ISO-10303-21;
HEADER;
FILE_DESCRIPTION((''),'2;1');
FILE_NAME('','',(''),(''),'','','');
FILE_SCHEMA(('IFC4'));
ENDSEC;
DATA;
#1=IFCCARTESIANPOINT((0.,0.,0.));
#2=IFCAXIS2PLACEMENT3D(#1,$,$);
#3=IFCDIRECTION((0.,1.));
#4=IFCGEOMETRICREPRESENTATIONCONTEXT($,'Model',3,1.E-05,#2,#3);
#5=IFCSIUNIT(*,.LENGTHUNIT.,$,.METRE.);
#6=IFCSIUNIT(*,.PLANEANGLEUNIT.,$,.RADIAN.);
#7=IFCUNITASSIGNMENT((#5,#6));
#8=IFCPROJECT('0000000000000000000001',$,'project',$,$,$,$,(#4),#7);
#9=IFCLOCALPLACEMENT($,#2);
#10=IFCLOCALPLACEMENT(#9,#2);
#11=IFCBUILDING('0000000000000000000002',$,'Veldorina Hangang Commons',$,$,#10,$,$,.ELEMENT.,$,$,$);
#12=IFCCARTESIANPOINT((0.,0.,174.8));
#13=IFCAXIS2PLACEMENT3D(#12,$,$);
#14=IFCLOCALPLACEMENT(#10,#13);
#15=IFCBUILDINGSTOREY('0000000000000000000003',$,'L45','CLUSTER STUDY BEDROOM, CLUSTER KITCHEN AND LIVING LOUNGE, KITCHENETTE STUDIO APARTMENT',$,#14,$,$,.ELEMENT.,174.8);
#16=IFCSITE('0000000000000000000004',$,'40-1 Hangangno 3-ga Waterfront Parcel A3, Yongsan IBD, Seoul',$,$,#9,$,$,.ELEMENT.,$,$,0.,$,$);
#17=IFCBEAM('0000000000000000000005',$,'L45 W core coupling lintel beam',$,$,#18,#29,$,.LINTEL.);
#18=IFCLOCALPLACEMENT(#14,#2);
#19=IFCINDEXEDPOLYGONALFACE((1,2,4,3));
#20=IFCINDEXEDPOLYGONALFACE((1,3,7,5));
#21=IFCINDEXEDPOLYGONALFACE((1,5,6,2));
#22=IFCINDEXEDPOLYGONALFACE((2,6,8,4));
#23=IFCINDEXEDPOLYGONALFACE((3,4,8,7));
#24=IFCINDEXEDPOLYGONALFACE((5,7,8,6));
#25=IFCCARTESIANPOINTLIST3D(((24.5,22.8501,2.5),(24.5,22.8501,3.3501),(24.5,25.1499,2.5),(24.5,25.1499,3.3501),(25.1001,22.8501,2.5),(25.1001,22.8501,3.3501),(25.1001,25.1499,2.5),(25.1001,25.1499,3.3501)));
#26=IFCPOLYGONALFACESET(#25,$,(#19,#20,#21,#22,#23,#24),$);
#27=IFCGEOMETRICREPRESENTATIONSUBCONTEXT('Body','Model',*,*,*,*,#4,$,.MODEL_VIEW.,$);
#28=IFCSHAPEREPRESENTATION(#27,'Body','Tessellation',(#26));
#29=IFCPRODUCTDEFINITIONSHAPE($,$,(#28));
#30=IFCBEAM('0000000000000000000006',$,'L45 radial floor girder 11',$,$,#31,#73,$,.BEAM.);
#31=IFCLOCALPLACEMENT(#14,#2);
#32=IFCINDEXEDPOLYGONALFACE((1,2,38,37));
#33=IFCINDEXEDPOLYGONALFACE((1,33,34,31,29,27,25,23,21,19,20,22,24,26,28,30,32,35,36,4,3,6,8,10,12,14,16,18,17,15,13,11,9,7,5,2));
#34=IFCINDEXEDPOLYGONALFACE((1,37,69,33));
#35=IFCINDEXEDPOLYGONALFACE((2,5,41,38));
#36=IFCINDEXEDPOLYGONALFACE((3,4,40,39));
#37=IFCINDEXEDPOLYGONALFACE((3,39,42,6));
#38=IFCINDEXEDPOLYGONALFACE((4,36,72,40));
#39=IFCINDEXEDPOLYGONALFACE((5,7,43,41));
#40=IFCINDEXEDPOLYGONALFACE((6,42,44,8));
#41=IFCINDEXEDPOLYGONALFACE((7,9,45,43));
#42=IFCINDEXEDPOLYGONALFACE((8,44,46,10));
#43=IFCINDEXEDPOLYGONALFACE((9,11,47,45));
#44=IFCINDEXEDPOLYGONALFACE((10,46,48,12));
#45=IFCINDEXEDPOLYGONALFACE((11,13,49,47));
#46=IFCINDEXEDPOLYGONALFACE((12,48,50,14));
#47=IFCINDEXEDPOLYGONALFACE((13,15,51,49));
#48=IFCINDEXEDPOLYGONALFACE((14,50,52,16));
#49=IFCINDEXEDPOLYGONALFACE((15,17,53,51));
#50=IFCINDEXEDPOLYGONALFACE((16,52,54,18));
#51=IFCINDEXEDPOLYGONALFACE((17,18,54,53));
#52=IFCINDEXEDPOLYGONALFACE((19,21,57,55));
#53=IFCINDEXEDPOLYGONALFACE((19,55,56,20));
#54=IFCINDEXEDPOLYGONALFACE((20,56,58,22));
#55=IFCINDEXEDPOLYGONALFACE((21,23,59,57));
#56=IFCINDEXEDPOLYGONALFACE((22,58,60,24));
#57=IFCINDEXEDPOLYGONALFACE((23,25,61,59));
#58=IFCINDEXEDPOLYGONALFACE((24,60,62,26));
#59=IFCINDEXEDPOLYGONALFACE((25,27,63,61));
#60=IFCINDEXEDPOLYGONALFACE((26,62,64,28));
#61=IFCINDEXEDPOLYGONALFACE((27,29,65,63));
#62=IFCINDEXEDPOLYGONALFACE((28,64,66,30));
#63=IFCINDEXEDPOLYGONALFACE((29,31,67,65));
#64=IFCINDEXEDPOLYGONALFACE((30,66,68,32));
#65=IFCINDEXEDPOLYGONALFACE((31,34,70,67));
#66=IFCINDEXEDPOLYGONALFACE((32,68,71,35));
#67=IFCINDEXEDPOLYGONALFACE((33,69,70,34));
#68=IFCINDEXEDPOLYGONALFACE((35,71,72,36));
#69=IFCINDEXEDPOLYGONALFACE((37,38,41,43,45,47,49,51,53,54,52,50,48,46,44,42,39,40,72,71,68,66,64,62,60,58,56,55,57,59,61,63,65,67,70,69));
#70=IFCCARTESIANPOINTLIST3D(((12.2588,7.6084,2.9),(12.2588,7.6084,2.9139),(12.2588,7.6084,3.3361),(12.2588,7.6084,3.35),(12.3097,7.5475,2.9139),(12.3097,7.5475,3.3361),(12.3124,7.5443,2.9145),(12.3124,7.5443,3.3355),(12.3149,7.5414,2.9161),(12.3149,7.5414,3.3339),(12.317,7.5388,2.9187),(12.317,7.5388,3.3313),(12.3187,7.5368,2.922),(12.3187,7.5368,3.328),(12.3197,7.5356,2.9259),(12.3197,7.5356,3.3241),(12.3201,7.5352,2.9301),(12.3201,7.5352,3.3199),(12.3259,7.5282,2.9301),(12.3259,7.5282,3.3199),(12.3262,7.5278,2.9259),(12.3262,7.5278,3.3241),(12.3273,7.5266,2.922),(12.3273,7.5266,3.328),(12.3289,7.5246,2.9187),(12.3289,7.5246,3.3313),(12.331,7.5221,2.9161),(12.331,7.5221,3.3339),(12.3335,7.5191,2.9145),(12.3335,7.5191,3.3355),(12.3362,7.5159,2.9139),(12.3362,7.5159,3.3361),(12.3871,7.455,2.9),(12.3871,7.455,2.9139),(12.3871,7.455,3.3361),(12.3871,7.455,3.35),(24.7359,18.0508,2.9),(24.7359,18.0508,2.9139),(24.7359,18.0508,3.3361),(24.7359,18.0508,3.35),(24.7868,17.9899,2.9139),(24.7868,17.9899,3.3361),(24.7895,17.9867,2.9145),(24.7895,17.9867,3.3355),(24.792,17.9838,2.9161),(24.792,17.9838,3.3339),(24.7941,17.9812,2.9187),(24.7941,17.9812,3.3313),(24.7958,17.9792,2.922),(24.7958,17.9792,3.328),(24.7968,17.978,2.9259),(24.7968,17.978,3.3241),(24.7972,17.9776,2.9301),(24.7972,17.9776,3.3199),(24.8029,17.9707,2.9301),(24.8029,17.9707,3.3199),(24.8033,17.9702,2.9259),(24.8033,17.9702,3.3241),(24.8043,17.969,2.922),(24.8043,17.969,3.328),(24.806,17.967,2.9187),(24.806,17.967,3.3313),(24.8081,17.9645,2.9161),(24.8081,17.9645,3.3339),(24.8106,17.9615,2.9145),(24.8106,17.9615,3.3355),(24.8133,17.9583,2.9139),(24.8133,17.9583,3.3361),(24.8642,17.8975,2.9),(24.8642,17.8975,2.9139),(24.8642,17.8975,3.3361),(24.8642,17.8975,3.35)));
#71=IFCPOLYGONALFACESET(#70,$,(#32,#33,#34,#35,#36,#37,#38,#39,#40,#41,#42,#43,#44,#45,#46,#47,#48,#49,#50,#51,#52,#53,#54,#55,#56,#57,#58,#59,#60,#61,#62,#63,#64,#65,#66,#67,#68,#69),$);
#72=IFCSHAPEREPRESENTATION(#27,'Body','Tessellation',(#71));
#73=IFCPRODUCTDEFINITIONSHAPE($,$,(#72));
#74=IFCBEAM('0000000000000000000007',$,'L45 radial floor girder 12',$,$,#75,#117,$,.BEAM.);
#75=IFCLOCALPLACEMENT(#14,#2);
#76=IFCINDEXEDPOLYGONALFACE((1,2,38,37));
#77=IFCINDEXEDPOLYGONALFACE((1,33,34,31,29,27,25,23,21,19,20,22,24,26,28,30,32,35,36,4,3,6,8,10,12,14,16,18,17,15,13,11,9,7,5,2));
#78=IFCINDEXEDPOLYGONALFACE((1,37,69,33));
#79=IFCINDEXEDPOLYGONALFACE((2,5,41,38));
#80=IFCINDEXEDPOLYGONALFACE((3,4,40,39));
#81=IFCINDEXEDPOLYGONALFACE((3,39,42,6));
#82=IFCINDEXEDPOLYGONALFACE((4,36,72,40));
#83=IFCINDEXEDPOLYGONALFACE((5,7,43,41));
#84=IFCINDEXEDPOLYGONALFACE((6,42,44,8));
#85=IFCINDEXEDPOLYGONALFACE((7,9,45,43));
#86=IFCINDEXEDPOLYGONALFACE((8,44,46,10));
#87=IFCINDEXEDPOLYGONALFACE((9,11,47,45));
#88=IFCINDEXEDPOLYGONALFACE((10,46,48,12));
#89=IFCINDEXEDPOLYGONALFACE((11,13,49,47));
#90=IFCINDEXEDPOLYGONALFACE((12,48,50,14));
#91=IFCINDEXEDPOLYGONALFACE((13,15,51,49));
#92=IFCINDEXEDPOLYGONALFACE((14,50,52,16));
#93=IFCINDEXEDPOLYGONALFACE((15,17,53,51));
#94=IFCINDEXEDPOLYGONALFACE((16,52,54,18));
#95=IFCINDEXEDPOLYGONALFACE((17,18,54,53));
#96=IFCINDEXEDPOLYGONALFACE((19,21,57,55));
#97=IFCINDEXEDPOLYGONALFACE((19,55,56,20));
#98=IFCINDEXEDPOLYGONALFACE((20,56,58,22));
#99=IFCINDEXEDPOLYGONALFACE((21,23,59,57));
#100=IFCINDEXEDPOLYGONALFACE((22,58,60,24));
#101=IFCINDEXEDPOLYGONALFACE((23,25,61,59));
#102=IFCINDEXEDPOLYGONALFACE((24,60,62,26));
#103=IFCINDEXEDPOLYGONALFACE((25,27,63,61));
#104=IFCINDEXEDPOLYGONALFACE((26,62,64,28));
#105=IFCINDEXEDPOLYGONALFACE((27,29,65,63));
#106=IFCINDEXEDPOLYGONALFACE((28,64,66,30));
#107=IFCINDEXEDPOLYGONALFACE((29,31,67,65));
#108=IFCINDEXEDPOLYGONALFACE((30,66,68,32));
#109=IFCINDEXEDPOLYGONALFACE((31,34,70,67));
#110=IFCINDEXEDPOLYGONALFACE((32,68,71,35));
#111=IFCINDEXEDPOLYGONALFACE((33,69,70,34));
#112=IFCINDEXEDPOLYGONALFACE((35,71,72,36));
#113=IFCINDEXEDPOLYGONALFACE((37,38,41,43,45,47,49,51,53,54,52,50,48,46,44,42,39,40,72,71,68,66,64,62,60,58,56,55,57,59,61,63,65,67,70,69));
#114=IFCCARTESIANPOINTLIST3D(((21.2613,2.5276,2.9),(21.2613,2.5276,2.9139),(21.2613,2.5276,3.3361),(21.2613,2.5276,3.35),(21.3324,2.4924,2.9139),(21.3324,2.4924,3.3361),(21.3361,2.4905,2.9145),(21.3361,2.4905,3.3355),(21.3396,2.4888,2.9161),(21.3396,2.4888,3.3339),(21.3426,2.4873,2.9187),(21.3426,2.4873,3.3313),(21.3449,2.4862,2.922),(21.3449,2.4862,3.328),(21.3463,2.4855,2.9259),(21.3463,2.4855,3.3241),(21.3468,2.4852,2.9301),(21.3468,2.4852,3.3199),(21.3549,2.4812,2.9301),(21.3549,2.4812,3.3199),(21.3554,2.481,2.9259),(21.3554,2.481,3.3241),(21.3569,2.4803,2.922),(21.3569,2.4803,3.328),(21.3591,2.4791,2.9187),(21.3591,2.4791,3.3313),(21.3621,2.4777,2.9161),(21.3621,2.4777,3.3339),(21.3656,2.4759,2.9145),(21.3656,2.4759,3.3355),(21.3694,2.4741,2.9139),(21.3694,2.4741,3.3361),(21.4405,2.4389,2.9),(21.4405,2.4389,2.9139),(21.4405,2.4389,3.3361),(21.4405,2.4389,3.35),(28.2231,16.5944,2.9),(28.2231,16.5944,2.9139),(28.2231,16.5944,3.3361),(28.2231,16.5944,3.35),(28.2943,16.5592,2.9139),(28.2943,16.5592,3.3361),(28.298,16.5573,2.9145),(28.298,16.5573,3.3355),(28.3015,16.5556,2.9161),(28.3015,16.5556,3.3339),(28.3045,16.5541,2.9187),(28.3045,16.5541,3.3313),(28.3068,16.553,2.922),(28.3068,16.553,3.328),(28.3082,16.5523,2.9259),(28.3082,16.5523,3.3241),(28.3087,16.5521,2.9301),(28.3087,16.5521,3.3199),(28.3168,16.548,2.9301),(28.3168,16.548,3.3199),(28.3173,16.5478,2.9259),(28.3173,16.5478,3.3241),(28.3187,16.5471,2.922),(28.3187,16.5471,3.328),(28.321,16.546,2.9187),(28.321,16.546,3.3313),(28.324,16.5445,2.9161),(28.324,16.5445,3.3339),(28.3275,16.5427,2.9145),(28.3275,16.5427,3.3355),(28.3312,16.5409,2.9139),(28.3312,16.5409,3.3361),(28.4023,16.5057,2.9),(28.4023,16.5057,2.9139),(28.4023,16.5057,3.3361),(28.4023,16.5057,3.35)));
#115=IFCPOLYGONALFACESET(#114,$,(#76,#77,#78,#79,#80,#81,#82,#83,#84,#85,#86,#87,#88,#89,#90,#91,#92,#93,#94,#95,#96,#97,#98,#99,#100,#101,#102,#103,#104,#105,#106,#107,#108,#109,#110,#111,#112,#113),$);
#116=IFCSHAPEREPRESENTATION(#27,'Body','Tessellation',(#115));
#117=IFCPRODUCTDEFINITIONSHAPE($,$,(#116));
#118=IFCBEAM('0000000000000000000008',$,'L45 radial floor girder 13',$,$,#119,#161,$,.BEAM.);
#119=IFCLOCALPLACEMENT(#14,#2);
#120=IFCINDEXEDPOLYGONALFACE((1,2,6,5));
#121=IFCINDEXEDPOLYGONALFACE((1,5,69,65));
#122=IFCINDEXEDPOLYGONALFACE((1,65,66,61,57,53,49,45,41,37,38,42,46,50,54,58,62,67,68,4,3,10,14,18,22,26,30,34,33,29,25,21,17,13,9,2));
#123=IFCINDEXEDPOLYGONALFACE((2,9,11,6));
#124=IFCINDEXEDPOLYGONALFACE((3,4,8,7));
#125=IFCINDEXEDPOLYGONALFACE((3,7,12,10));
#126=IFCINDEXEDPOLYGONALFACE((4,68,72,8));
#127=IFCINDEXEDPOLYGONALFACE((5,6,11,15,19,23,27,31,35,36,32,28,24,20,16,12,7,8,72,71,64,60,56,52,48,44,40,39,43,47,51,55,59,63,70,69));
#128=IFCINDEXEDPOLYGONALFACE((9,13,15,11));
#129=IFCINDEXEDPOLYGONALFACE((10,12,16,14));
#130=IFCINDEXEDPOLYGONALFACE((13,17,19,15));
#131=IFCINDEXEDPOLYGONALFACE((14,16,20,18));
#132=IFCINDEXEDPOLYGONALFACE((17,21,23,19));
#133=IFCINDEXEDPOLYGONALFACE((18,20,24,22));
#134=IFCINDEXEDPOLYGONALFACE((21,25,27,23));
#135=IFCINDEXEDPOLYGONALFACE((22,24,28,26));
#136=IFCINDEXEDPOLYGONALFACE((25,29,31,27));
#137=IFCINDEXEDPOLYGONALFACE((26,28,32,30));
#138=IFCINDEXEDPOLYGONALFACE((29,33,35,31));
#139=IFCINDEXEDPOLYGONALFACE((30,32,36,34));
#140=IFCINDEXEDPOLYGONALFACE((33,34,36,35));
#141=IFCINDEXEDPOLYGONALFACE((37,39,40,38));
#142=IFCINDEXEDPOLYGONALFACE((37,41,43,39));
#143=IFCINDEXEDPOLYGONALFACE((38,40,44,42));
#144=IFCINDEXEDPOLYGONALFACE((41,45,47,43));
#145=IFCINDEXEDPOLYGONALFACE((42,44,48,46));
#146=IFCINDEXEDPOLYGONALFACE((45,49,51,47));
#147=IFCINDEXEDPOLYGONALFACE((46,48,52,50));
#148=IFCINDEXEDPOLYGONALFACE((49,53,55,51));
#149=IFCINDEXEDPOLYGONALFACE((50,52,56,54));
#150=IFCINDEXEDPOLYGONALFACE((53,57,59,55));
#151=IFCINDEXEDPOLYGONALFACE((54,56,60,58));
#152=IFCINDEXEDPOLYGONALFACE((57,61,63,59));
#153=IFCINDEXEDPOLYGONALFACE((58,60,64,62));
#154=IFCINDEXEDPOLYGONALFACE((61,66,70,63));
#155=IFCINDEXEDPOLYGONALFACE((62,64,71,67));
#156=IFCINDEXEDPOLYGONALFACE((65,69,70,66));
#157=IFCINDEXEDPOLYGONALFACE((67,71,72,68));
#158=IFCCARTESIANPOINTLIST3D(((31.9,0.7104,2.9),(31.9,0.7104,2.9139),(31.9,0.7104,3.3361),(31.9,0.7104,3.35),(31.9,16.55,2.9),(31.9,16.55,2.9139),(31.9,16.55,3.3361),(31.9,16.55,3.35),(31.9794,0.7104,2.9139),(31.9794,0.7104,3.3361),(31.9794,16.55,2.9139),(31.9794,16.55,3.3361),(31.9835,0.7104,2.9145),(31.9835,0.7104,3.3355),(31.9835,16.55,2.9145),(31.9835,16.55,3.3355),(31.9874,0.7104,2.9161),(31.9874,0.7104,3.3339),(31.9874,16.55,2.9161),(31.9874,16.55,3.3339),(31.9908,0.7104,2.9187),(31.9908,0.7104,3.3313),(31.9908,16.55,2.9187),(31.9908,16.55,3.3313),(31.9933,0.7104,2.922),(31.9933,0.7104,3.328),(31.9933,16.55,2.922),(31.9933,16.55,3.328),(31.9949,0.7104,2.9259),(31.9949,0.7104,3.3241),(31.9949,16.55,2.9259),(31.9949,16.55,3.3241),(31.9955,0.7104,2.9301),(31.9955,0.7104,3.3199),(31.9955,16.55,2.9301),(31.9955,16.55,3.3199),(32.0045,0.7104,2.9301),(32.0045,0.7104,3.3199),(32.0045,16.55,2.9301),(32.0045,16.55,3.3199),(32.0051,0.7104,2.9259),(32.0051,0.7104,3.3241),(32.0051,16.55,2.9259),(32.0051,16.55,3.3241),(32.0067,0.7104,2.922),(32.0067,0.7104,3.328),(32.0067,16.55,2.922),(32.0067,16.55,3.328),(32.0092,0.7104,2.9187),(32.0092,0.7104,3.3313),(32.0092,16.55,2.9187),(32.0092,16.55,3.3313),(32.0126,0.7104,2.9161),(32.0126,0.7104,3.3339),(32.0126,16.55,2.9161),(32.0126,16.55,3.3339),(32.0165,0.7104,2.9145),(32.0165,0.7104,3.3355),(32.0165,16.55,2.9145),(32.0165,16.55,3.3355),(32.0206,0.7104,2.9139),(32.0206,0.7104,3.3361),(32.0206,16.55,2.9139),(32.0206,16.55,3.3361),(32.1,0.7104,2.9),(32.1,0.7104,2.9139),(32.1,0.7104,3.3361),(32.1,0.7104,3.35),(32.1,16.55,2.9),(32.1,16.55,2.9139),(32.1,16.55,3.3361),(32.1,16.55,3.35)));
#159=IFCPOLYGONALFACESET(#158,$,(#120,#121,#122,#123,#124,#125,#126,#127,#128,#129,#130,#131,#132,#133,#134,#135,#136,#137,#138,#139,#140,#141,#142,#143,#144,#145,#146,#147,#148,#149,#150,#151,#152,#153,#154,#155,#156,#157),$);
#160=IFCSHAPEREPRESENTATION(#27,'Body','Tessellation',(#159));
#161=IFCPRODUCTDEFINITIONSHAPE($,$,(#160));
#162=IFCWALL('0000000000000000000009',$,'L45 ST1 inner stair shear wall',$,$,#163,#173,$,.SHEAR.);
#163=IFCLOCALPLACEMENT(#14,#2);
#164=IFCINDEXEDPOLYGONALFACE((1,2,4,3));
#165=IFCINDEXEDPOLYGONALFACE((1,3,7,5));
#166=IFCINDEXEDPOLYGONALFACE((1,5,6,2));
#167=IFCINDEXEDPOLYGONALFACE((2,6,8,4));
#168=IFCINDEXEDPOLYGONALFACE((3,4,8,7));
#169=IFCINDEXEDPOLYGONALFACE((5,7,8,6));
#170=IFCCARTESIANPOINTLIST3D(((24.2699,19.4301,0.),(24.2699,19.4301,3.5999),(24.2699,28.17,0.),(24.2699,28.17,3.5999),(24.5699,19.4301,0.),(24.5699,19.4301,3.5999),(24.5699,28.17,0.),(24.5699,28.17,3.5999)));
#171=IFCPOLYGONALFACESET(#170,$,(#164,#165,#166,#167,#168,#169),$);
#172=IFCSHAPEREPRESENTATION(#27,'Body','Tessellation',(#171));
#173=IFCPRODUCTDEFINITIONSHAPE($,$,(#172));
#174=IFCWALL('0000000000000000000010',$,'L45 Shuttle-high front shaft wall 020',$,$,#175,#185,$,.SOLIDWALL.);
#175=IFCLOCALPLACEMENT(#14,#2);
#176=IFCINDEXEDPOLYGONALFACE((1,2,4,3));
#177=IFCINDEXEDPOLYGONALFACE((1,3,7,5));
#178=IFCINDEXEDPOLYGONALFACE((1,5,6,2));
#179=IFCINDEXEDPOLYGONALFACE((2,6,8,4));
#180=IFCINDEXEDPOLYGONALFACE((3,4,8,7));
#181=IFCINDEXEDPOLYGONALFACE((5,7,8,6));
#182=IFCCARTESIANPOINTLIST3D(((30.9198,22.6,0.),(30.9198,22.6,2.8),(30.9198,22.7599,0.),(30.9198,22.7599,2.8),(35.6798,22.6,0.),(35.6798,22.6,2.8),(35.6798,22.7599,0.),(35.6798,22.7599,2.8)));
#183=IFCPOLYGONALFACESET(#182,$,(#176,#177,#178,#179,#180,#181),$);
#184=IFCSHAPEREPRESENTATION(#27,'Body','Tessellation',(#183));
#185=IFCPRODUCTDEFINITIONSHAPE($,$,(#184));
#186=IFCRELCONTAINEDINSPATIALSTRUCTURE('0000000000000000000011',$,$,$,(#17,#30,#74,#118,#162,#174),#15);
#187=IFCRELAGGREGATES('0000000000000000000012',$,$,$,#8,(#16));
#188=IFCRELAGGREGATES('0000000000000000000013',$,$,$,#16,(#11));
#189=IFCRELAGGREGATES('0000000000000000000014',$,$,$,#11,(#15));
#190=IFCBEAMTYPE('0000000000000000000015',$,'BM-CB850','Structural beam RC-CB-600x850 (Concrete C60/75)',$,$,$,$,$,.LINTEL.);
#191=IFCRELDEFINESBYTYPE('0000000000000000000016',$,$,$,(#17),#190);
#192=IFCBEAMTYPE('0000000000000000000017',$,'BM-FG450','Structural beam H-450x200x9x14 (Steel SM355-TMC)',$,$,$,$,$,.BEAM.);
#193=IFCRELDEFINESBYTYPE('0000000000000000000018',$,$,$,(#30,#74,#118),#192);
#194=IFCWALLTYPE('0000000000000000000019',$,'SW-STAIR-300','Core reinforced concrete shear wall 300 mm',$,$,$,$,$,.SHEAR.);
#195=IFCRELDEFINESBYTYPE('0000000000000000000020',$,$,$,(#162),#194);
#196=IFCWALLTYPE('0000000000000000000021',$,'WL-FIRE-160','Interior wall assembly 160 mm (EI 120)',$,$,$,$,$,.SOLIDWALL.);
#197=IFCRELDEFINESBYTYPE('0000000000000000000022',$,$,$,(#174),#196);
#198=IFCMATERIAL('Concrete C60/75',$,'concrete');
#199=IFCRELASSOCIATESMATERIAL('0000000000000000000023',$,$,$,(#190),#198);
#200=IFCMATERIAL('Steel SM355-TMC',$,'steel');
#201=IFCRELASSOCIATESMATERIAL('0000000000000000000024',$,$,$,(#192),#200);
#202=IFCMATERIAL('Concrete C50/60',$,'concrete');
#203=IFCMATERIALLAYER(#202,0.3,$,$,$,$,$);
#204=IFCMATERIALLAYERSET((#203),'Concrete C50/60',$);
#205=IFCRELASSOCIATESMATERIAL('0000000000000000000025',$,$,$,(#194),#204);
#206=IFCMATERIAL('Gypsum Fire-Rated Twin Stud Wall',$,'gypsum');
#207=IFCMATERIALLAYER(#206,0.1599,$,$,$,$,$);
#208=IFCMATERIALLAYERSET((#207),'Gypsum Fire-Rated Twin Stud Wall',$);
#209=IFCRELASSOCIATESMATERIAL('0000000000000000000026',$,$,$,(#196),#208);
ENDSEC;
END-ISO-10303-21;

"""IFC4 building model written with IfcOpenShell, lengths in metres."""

from ifc_helpers import new_model, si_unit, direction, frame, frame_2d, origin, origin_2d, place, context, subcontext, project, spatial, rectangle, i_section, extrude, material, layer, layer_set, material_profile, profile_set, type_object, element, save


model = new_model("IFC4")

# Units and contexts
model_context = context("Model", 3, precision=1e-05, world=origin(), true_north=direction((0.0, 1.0)))
body_context = subcontext(model_context, "Body", "Model", "MODEL_VIEW")
ifc_project = project(units=[si_unit("LENGTHUNIT", "METRE"), si_unit("PLANEANGLEUNIT", "RADIAN")], contexts=[model_context])

# Site, building, storey
site_placement = place(None, origin())
site = spatial("IfcSite", under=ifc_project, at=site_placement, Name="40-1 Hangangno 3-ga Waterfront Parcel A3, Yongsan IBD, Seoul", CompositionType="ELEMENT", RefElevation=0.0)
building_placement = place(site_placement, origin())
building = spatial("IfcBuilding", under=site, at=building_placement, Name="Veldorina Hangang Commons", CompositionType="ELEMENT")
storey_placement = place(building_placement, frame((0.0, 0.0, 174.8)))
storey = spatial("IfcBuildingStorey", under=building, at=storey_placement, Name="L45", Description="CLUSTER STUDY BEDROOM, CLUSTER KITCHEN AND LIVING LOUNGE, KITCHENETTE STUDIO APARTMENT", CompositionType="ELEMENT", Elevation=174.8)

# Beams
ifc_material_1 = material(Name="Concrete C60/75", Category="concrete")
ifc_material_profile_1 = material_profile(ifc_material_1, rectangle(XDim=0.6001, YDim=0.8501, at=origin_2d()), Name="RC-CB-600x850")
ifc_profile_set_1 = profile_set([ifc_material_profile_1], Name="Concrete C60/75")
beam_type_1 = type_object("IfcBeamType", Name="BM-CB850", Description="Structural beam RC-CB-600x850 (Concrete C60/75)", PredefinedType="LINTEL", material=ifc_profile_set_1)
beam_1_placement = place(storey_placement, frame((24.8, 22.8501, 2.925), z_axis=(0.0, 1.0, 0.0), x_axis=(-1.0, 0.0, 0.0)))
element("IfcBeam", 1, at=beam_1_placement, inside=storey, type_object=beam_type_1, Name="L45 W core coupling lintel beam", PredefinedType="LINTEL", context=body_context, shape_type="SweptSolid", body=[
    extrude(rectangle(XDim=0.6001, YDim=0.8501, at=origin_2d()), origin(), (0.0, 0.0, 1.0), 2.2998),
])
ifc_material_2 = material(Name="Steel SM355-TMC", Category="steel")
ifc_material_profile_2 = material_profile(ifc_material_2, i_section(OverallWidth=0.2, OverallDepth=0.45, WebThickness=0.009, FlangeThickness=0.0139, FilletRadius=0.0161, at=origin_2d()), Name="H-450x200x9x14")
ifc_profile_set_2 = profile_set([ifc_material_profile_2], Name="Steel SM355-TMC")
beam_type_2 = type_object("IfcBeamType", Name="BM-FG450", Description="Structural beam H-450x200x9x14 (Steel SM355-TMC)", PredefinedType="BEAM", material=ifc_profile_set_2)
beam_2_placement = place(storey_placement, frame((24.8, 17.9741, 3.125), z_axis=(-0.766864, -0.641809, 0.0), x_axis=(0.641809, -0.766864, 0.0)))
element("IfcBeam", 2, at=beam_2_placement, inside=storey, type_object=beam_type_2, Name="L45 radial floor girder 11", PredefinedType="BEAM", context=body_context, shape_type="SweptSolid", body=[
    extrude(i_section(OverallWidth=0.2, OverallDepth=0.45, WebThickness=0.009, FlangeThickness=0.0139, FilletRadius=0.0161, at=origin_2d()), origin(), (0.0, 0.0, 1.0), 16.2703),
])
beam_3_placement = place(storey_placement, frame((28.3127, 16.55, 3.125), z_axis=(-0.443564, -0.896243, 0.0), x_axis=(0.896243, -0.443564, 0.0)))
element("IfcBeam", 3, at=beam_3_placement, inside=storey, type_object=beam_type_2, Name="L45 radial floor girder 12", PredefinedType="BEAM", context=body_context, shape_type="SweptSolid", body=[
    extrude(i_section(OverallWidth=0.2, OverallDepth=0.45, WebThickness=0.009, FlangeThickness=0.0139, FilletRadius=0.0161, at=origin_2d()), origin(), (0.0, 0.0, 1.0), 15.6953),
])
beam_4_placement = place(storey_placement, frame((32.0, 16.55, 3.125), z_axis=(0.0, -1.0, 0.0), x_axis=(1.0, 0.0, 0.0)))
element("IfcBeam", 4, at=beam_4_placement, inside=storey, type_object=beam_type_2, Name="L45 radial floor girder 13", PredefinedType="BEAM", context=body_context, shape_type="SweptSolid", body=[
    extrude(i_section(OverallWidth=0.2, OverallDepth=0.45, WebThickness=0.009, FlangeThickness=0.0139, FilletRadius=0.0161, at=origin_2d()), origin(), (0.0, 0.0, 1.0), 15.8396),
])

# Walls
ifc_material_3 = material(Name="Concrete C50/60", Category="concrete")
ifc_layer_1 = layer(ifc_material_3, 0.3)
ifc_layer_set_1 = layer_set([ifc_layer_1], Name="Concrete C50/60")
wall_type_1 = type_object("IfcWallType", Name="SW-STAIR-300", Description="Core reinforced concrete shear wall 300 mm", PredefinedType="SHEAR", material=ifc_layer_set_1)
wall_1_placement = place(storey_placement, frame((24.4199, 19.4299, 0.0), z_axis=(0.0, 0.0, 1.0), x_axis=(0.0, 1.0, 0.0)))
element("IfcWall", 5, at=wall_1_placement, inside=storey, type_object=wall_type_1, Name="L45 ST1 inner stair shear wall", PredefinedType="SHEAR", context=body_context, shape_type="SweptSolid", body=[
    extrude(rectangle(XDim=8.74, YDim=0.3, at=frame_2d((4.3701, 0.0))), origin(), (0.0, 0.0, 1.0), 3.5999),
])
ifc_material_4 = material(Name="Gypsum Fire-Rated Twin Stud Wall", Category="gypsum")
ifc_layer_2 = layer(ifc_material_4, 0.1599)
ifc_layer_set_2 = layer_set([ifc_layer_2], Name="Gypsum Fire-Rated Twin Stud Wall")
wall_type_2 = type_object("IfcWallType", Name="WL-FIRE-160", Description="Interior wall assembly 160 mm (EI 120)", PredefinedType="SOLIDWALL", material=ifc_layer_set_2)
for number, where, z_axis, x_axis, name in (
    (6, (30.9199, 22.6799, 0.0), (0.0, 0.0, 1.0), (1.0, 0.0, 0.0), "L45 Shuttle-high front shaft wall 020"),
):
    element("IfcWall", number, at=place(storey_placement, frame(where, z_axis=z_axis, x_axis=x_axis)), inside=storey, type_object=wall_type_2, Name=name, PredefinedType="SOLIDWALL", context=body_context, shape_type="SweptSolid", body=[
        extrude(rectangle(XDim=4.76, YDim=0.1599, at=frame_2d((2.3799, 0.0))), origin(), (0.0, 0.0, 1.0), 2.8),
    ])

save(model, "model.ifc")
